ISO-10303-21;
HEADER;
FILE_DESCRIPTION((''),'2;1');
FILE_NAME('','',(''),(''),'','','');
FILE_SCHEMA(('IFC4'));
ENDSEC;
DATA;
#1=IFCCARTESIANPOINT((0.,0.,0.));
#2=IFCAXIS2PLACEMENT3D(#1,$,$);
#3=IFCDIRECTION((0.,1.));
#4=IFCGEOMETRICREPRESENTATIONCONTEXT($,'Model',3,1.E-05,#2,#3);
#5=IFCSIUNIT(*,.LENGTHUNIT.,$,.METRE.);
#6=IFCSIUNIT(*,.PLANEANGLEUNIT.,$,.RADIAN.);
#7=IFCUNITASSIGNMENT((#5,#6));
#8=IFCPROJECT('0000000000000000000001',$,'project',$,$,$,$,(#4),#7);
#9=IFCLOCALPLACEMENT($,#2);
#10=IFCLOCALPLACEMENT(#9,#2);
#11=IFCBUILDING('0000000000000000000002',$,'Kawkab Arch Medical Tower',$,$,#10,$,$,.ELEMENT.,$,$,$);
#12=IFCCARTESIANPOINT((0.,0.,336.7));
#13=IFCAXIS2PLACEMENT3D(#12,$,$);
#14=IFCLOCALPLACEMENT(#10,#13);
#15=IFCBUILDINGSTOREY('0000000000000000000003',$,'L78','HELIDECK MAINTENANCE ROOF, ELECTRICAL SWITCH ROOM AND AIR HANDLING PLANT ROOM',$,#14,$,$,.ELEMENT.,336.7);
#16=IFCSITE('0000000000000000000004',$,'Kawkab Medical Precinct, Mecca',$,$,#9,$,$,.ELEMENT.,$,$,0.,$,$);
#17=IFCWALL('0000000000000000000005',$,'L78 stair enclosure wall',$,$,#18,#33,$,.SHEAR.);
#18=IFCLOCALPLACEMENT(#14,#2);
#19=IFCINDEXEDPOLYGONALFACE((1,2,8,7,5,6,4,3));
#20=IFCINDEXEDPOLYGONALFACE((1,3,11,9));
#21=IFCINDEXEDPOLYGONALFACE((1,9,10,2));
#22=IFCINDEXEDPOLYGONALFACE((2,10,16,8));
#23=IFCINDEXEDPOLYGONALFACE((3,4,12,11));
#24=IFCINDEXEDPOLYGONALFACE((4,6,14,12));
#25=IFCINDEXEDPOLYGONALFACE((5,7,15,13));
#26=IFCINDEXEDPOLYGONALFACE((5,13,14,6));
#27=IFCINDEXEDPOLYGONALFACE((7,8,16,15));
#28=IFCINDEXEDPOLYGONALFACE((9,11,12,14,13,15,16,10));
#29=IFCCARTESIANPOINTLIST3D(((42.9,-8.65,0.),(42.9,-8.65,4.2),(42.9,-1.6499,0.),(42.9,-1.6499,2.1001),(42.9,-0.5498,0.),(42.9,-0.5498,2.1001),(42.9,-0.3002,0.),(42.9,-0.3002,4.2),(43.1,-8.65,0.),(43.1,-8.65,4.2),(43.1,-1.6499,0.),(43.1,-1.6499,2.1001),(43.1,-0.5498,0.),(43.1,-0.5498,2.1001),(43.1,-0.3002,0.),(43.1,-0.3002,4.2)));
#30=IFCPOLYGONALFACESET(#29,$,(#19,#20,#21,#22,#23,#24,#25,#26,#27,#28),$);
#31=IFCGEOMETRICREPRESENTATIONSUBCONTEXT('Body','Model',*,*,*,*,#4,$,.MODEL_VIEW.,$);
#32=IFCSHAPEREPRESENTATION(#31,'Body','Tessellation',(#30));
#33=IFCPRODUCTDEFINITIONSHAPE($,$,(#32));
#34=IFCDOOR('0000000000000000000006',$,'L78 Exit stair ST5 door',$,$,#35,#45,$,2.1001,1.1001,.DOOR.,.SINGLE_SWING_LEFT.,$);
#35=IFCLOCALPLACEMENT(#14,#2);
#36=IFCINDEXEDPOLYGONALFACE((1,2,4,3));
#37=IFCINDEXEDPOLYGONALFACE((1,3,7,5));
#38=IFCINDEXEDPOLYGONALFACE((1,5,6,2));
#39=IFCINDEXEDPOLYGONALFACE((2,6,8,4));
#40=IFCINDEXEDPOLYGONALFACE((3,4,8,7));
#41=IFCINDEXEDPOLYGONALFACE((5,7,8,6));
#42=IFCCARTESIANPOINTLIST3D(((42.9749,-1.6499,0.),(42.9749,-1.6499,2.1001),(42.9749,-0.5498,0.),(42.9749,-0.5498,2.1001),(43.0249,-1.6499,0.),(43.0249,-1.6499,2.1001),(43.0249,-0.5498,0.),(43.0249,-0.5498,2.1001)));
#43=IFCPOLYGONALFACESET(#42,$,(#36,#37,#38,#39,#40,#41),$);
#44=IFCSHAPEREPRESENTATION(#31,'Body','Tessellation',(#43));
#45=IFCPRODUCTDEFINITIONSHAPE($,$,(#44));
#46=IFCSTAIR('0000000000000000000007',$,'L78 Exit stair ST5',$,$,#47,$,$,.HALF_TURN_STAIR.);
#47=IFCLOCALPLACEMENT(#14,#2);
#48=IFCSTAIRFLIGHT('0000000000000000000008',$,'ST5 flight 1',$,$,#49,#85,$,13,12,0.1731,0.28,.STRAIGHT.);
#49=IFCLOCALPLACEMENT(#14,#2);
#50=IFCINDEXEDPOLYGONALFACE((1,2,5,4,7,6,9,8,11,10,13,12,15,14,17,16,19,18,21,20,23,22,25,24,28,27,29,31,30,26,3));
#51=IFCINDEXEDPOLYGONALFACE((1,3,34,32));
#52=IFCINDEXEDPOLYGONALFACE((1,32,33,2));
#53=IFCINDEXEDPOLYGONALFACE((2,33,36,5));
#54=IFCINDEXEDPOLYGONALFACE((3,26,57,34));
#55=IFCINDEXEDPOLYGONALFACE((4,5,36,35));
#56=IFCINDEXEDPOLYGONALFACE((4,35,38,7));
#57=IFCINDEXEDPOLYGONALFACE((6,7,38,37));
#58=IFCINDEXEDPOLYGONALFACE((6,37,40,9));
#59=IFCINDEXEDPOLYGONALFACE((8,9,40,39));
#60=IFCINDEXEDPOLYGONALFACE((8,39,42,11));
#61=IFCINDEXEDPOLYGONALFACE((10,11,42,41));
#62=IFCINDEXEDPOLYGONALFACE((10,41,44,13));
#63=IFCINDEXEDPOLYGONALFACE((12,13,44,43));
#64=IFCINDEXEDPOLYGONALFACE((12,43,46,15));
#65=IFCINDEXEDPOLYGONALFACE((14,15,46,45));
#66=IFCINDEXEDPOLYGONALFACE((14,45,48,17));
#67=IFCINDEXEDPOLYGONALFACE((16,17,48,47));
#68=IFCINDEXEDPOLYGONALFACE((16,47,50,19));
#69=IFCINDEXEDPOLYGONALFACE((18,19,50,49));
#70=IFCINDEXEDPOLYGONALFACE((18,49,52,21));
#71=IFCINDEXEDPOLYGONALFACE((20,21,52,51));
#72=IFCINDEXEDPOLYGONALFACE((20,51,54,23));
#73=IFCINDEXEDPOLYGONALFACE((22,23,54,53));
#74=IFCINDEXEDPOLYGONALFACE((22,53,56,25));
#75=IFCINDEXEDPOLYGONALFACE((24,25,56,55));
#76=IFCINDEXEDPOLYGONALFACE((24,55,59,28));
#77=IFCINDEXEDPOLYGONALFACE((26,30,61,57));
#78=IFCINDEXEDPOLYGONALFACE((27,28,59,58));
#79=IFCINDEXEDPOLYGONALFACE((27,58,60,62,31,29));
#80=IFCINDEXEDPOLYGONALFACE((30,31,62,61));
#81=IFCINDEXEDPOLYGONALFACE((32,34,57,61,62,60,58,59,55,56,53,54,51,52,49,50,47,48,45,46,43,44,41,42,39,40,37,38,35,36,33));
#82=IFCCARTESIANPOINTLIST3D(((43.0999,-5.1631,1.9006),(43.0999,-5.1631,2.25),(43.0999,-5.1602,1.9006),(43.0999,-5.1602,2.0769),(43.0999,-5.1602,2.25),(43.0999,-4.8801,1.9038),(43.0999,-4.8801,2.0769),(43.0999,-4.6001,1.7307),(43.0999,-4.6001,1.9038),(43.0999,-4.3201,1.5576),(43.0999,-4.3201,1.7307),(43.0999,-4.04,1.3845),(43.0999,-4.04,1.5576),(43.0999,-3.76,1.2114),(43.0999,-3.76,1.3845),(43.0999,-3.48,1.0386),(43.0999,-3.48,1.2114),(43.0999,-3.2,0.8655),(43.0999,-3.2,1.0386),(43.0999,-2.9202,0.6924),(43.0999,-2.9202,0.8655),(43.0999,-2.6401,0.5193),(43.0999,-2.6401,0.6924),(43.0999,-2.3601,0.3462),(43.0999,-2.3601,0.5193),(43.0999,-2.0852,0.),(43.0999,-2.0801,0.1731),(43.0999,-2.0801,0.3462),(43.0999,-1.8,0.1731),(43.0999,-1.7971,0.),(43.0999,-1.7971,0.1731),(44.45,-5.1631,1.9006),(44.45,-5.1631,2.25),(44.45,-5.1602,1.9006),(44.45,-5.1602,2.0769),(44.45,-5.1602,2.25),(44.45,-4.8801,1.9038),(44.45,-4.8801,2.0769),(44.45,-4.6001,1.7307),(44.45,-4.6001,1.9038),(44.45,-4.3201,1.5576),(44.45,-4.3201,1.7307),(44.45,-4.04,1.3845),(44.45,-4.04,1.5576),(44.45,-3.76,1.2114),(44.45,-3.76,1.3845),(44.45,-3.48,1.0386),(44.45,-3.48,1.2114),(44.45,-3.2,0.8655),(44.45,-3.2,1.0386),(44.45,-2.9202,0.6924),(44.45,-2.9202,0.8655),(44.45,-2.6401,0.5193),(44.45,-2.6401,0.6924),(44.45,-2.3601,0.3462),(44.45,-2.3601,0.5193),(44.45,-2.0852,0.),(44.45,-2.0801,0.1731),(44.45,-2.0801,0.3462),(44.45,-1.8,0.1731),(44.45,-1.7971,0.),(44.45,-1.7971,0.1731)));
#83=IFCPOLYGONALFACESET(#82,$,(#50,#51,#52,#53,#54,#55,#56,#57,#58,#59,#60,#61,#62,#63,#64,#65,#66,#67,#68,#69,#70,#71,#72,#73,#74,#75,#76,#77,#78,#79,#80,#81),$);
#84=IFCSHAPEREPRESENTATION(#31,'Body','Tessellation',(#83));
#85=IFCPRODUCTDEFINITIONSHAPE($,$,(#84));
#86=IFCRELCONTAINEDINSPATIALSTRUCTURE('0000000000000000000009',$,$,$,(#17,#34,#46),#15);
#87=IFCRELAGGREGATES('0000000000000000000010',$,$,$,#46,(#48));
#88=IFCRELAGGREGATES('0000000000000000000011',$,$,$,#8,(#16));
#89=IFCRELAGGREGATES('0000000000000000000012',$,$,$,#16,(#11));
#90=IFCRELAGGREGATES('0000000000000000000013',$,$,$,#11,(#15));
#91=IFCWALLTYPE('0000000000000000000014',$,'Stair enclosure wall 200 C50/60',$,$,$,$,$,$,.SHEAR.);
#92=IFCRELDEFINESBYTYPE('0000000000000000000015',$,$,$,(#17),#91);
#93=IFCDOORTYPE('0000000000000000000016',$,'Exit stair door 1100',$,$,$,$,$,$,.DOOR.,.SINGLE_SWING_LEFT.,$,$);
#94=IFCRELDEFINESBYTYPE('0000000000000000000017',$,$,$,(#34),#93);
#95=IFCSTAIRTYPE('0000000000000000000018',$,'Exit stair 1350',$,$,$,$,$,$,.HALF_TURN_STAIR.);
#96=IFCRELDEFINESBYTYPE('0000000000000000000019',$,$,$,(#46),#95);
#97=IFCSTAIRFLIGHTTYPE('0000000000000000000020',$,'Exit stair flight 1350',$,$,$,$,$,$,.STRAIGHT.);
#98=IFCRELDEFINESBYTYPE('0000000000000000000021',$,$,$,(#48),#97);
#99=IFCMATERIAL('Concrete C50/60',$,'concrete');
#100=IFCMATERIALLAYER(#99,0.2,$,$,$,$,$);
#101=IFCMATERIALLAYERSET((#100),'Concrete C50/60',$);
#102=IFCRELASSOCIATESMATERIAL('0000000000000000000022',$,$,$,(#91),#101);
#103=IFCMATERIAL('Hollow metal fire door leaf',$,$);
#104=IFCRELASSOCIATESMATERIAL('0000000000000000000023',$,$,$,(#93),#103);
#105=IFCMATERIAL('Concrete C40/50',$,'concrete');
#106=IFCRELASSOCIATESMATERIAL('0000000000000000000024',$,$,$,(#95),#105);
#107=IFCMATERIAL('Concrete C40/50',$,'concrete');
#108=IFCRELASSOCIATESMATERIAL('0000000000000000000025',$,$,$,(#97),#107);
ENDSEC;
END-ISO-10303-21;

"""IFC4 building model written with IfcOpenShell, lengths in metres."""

from ifc_helpers import new_model, si_unit, direction, frame, frame_2d, origin, place, context, subcontext, project, spatial, polyline, rectangle, outline, extrude, material, layer, layer_set, type_object, element, fill, aggregate, save


model = new_model("IFC4")

# Units and contexts
model_context = context("Model", 3, precision=1e-05, world=origin(), true_north=direction((0.0, 1.0)))
body_context = subcontext(model_context, "Body", "Model", "MODEL_VIEW")
ifc_project = project(units=[si_unit("LENGTHUNIT", "METRE"), si_unit("PLANEANGLEUNIT", "RADIAN")], contexts=[model_context])

# Site, building, storey
site_placement = place(None, origin())
site = spatial("IfcSite", under=ifc_project, at=site_placement, Name="Kawkab Medical Precinct, Mecca", CompositionType="ELEMENT", RefElevation=0.0)
building_placement = place(site_placement, origin())
building = spatial("IfcBuilding", under=site, at=building_placement, Name="Kawkab Arch Medical Tower", CompositionType="ELEMENT")
storey_placement = place(building_placement, frame((0.0, 0.0, 336.7)))
storey = spatial("IfcBuildingStorey", under=building, at=storey_placement, Name="L78", Description="HELIDECK MAINTENANCE ROOF, ELECTRICAL SWITCH ROOM AND AIR HANDLING PLANT ROOM", CompositionType="ELEMENT", Elevation=336.7)

# Shared definitions
placement = place(storey_placement, origin())

# Wall, opening, door
ifc_material_1 = material(Name="Concrete C50/60", Category="concrete")
ifc_layer_1 = layer(ifc_material_1, 0.2)
ifc_layer_set_1 = layer_set([ifc_layer_1], Name="Concrete C50/60")
wall_type_1 = type_object("IfcWallType", Name="Stair enclosure wall 200 C50/60", PredefinedType="SHEAR", material=ifc_layer_set_1)
wall_1_placement = place(storey_placement, frame((43.0, -8.6499, 0.0), z_axis=(0.0, 0.0, 1.0), x_axis=(0.0, 1.0, 0.0)))
wall_1 = element("IfcWall", 1, at=wall_1_placement, inside=storey, type_object=wall_type_1, Name="L78 stair enclosure wall", PredefinedType="SHEAR", context=body_context, shape_type="SweptSolid", body=[
    extrude(rectangle(XDim=8.3499, YDim=0.2, at=frame_2d((4.1748, 0.0))), origin(), (0.0, 0.0, 1.0), 4.2),
])
opening_1_placement = place(wall_1_placement, frame((7.0, 0.0, 0.0)))
opening_1 = element("IfcOpeningElement", 2, at=opening_1_placement, cuts=wall_1, PredefinedType="OPENING", context=body_context, shape_type="SweptSolid", body=[
    extrude(rectangle(XDim=1.1001, YDim=2.1001, at=frame_2d((0.55, 1.05))), frame((0.0, 0.1099, 0.0), z_axis=(0.0, -1.0, 0.0), x_axis=(1.0, 0.0, 0.0)), (0.0, 0.0, 1.0), 0.22),
])
ifc_material_2 = material(Name="Hollow metal fire door leaf")
door_type_1 = type_object("IfcDoorType", Name="Exit stair door 1100", OperationType="SINGLE_SWING_LEFT", PredefinedType="DOOR", material=ifc_material_2)
door_1_placement = place(opening_1_placement, frame((1.1001, 0.0, 0.0), z_axis=(0.0, 0.0, 1.0), x_axis=(-1.0, 0.0, 0.0)))
door_1 = element("IfcDoor", 3, at=door_1_placement, inside=storey, type_object=door_type_1, Name="L78 Exit stair ST5 door", OperationType="SINGLE_SWING_LEFT", OverallHeight=2.1001, OverallWidth=1.1001, PredefinedType="DOOR", context=body_context, shape_type="SweptSolid", body=[
    extrude(rectangle(XDim=1.1001, YDim=2.1001, at=frame_2d((0.55, 1.05))), frame((0.0, 0.0249, 0.0), z_axis=(0.0, -1.0, 0.0), x_axis=(1.0, 0.0, 0.0)), (0.0, 0.0, 1.0), 0.05),
])
fill(opening_1, door_1)

# Stair, stair flight
ifc_material_3 = material(Name="Concrete C40/50", Category="concrete")
stair_type = type_object("IfcStairType", Name="Exit stair 1350", PredefinedType="HALF_TURN_STAIR", material=ifc_material_3)
stair = element("IfcStair", 4, at=placement, inside=storey, type_object=stair_type, Name="L78 Exit stair ST5", PredefinedType="HALF_TURN_STAIR")
ifc_material_4 = material(Name="Concrete C40/50", Category="concrete")
stair_flight_type = type_object("IfcStairFlightType", Name="Exit stair flight 1350", PredefinedType="STRAIGHT", material=ifc_material_4)
stair_flight_placement = place(storey_placement, frame((43.7749, -1.8, 0.0), z_axis=(0.0, 0.0, 1.0), x_axis=(0.0, -1.0, 0.0)))
stair_flight = element("IfcStairFlight", 5, at=stair_flight_placement, type_object=stair_flight_type, Name="ST5 flight 1", NumberOfRisers=13, NumberOfTreads=12, PredefinedType="STRAIGHT", RiserHeight=0.1731, TreadLength=0.28, context=body_context, shape_type="SweptSolid", body=[
    extrude(outline(polyline([(-0.0029, 0.0), (-0.0029, 0.1731), (0.0, 0.1731), (0.28, 0.1731), (0.28, 0.3462), (0.5601, 0.3462), (0.5601, 0.5193), (0.8401, 0.5193), (0.8401, 0.6924), (1.1201, 0.6924), (1.1201, 0.8655), (1.3999, 0.8655), (1.3999, 1.0386), (1.6799, 1.0386), (1.6799, 1.2114), (1.96, 1.2114), (1.96, 1.3845), (2.24, 1.3845), (2.24, 1.5576), (2.52, 1.5576), (2.52, 1.7307), (2.8, 1.7307), (2.8, 1.9038), (3.0801, 1.9038), (3.0801, 2.0769), (3.3601, 2.0769), (3.3601, 2.25), (3.363, 2.25), (3.363, 1.9006), (3.3601, 1.9006), (0.2852, 0.0), (-0.0029, 0.0)])), frame((0.0, 0.675, 0.0), z_axis=(0.0, -1.0, 0.0), x_axis=(1.0, 0.0, 0.0)), (0.0, 0.0, 1.0), 1.3501),
])
aggregate(stair, [stair_flight])

save(model, "model.ifc")
